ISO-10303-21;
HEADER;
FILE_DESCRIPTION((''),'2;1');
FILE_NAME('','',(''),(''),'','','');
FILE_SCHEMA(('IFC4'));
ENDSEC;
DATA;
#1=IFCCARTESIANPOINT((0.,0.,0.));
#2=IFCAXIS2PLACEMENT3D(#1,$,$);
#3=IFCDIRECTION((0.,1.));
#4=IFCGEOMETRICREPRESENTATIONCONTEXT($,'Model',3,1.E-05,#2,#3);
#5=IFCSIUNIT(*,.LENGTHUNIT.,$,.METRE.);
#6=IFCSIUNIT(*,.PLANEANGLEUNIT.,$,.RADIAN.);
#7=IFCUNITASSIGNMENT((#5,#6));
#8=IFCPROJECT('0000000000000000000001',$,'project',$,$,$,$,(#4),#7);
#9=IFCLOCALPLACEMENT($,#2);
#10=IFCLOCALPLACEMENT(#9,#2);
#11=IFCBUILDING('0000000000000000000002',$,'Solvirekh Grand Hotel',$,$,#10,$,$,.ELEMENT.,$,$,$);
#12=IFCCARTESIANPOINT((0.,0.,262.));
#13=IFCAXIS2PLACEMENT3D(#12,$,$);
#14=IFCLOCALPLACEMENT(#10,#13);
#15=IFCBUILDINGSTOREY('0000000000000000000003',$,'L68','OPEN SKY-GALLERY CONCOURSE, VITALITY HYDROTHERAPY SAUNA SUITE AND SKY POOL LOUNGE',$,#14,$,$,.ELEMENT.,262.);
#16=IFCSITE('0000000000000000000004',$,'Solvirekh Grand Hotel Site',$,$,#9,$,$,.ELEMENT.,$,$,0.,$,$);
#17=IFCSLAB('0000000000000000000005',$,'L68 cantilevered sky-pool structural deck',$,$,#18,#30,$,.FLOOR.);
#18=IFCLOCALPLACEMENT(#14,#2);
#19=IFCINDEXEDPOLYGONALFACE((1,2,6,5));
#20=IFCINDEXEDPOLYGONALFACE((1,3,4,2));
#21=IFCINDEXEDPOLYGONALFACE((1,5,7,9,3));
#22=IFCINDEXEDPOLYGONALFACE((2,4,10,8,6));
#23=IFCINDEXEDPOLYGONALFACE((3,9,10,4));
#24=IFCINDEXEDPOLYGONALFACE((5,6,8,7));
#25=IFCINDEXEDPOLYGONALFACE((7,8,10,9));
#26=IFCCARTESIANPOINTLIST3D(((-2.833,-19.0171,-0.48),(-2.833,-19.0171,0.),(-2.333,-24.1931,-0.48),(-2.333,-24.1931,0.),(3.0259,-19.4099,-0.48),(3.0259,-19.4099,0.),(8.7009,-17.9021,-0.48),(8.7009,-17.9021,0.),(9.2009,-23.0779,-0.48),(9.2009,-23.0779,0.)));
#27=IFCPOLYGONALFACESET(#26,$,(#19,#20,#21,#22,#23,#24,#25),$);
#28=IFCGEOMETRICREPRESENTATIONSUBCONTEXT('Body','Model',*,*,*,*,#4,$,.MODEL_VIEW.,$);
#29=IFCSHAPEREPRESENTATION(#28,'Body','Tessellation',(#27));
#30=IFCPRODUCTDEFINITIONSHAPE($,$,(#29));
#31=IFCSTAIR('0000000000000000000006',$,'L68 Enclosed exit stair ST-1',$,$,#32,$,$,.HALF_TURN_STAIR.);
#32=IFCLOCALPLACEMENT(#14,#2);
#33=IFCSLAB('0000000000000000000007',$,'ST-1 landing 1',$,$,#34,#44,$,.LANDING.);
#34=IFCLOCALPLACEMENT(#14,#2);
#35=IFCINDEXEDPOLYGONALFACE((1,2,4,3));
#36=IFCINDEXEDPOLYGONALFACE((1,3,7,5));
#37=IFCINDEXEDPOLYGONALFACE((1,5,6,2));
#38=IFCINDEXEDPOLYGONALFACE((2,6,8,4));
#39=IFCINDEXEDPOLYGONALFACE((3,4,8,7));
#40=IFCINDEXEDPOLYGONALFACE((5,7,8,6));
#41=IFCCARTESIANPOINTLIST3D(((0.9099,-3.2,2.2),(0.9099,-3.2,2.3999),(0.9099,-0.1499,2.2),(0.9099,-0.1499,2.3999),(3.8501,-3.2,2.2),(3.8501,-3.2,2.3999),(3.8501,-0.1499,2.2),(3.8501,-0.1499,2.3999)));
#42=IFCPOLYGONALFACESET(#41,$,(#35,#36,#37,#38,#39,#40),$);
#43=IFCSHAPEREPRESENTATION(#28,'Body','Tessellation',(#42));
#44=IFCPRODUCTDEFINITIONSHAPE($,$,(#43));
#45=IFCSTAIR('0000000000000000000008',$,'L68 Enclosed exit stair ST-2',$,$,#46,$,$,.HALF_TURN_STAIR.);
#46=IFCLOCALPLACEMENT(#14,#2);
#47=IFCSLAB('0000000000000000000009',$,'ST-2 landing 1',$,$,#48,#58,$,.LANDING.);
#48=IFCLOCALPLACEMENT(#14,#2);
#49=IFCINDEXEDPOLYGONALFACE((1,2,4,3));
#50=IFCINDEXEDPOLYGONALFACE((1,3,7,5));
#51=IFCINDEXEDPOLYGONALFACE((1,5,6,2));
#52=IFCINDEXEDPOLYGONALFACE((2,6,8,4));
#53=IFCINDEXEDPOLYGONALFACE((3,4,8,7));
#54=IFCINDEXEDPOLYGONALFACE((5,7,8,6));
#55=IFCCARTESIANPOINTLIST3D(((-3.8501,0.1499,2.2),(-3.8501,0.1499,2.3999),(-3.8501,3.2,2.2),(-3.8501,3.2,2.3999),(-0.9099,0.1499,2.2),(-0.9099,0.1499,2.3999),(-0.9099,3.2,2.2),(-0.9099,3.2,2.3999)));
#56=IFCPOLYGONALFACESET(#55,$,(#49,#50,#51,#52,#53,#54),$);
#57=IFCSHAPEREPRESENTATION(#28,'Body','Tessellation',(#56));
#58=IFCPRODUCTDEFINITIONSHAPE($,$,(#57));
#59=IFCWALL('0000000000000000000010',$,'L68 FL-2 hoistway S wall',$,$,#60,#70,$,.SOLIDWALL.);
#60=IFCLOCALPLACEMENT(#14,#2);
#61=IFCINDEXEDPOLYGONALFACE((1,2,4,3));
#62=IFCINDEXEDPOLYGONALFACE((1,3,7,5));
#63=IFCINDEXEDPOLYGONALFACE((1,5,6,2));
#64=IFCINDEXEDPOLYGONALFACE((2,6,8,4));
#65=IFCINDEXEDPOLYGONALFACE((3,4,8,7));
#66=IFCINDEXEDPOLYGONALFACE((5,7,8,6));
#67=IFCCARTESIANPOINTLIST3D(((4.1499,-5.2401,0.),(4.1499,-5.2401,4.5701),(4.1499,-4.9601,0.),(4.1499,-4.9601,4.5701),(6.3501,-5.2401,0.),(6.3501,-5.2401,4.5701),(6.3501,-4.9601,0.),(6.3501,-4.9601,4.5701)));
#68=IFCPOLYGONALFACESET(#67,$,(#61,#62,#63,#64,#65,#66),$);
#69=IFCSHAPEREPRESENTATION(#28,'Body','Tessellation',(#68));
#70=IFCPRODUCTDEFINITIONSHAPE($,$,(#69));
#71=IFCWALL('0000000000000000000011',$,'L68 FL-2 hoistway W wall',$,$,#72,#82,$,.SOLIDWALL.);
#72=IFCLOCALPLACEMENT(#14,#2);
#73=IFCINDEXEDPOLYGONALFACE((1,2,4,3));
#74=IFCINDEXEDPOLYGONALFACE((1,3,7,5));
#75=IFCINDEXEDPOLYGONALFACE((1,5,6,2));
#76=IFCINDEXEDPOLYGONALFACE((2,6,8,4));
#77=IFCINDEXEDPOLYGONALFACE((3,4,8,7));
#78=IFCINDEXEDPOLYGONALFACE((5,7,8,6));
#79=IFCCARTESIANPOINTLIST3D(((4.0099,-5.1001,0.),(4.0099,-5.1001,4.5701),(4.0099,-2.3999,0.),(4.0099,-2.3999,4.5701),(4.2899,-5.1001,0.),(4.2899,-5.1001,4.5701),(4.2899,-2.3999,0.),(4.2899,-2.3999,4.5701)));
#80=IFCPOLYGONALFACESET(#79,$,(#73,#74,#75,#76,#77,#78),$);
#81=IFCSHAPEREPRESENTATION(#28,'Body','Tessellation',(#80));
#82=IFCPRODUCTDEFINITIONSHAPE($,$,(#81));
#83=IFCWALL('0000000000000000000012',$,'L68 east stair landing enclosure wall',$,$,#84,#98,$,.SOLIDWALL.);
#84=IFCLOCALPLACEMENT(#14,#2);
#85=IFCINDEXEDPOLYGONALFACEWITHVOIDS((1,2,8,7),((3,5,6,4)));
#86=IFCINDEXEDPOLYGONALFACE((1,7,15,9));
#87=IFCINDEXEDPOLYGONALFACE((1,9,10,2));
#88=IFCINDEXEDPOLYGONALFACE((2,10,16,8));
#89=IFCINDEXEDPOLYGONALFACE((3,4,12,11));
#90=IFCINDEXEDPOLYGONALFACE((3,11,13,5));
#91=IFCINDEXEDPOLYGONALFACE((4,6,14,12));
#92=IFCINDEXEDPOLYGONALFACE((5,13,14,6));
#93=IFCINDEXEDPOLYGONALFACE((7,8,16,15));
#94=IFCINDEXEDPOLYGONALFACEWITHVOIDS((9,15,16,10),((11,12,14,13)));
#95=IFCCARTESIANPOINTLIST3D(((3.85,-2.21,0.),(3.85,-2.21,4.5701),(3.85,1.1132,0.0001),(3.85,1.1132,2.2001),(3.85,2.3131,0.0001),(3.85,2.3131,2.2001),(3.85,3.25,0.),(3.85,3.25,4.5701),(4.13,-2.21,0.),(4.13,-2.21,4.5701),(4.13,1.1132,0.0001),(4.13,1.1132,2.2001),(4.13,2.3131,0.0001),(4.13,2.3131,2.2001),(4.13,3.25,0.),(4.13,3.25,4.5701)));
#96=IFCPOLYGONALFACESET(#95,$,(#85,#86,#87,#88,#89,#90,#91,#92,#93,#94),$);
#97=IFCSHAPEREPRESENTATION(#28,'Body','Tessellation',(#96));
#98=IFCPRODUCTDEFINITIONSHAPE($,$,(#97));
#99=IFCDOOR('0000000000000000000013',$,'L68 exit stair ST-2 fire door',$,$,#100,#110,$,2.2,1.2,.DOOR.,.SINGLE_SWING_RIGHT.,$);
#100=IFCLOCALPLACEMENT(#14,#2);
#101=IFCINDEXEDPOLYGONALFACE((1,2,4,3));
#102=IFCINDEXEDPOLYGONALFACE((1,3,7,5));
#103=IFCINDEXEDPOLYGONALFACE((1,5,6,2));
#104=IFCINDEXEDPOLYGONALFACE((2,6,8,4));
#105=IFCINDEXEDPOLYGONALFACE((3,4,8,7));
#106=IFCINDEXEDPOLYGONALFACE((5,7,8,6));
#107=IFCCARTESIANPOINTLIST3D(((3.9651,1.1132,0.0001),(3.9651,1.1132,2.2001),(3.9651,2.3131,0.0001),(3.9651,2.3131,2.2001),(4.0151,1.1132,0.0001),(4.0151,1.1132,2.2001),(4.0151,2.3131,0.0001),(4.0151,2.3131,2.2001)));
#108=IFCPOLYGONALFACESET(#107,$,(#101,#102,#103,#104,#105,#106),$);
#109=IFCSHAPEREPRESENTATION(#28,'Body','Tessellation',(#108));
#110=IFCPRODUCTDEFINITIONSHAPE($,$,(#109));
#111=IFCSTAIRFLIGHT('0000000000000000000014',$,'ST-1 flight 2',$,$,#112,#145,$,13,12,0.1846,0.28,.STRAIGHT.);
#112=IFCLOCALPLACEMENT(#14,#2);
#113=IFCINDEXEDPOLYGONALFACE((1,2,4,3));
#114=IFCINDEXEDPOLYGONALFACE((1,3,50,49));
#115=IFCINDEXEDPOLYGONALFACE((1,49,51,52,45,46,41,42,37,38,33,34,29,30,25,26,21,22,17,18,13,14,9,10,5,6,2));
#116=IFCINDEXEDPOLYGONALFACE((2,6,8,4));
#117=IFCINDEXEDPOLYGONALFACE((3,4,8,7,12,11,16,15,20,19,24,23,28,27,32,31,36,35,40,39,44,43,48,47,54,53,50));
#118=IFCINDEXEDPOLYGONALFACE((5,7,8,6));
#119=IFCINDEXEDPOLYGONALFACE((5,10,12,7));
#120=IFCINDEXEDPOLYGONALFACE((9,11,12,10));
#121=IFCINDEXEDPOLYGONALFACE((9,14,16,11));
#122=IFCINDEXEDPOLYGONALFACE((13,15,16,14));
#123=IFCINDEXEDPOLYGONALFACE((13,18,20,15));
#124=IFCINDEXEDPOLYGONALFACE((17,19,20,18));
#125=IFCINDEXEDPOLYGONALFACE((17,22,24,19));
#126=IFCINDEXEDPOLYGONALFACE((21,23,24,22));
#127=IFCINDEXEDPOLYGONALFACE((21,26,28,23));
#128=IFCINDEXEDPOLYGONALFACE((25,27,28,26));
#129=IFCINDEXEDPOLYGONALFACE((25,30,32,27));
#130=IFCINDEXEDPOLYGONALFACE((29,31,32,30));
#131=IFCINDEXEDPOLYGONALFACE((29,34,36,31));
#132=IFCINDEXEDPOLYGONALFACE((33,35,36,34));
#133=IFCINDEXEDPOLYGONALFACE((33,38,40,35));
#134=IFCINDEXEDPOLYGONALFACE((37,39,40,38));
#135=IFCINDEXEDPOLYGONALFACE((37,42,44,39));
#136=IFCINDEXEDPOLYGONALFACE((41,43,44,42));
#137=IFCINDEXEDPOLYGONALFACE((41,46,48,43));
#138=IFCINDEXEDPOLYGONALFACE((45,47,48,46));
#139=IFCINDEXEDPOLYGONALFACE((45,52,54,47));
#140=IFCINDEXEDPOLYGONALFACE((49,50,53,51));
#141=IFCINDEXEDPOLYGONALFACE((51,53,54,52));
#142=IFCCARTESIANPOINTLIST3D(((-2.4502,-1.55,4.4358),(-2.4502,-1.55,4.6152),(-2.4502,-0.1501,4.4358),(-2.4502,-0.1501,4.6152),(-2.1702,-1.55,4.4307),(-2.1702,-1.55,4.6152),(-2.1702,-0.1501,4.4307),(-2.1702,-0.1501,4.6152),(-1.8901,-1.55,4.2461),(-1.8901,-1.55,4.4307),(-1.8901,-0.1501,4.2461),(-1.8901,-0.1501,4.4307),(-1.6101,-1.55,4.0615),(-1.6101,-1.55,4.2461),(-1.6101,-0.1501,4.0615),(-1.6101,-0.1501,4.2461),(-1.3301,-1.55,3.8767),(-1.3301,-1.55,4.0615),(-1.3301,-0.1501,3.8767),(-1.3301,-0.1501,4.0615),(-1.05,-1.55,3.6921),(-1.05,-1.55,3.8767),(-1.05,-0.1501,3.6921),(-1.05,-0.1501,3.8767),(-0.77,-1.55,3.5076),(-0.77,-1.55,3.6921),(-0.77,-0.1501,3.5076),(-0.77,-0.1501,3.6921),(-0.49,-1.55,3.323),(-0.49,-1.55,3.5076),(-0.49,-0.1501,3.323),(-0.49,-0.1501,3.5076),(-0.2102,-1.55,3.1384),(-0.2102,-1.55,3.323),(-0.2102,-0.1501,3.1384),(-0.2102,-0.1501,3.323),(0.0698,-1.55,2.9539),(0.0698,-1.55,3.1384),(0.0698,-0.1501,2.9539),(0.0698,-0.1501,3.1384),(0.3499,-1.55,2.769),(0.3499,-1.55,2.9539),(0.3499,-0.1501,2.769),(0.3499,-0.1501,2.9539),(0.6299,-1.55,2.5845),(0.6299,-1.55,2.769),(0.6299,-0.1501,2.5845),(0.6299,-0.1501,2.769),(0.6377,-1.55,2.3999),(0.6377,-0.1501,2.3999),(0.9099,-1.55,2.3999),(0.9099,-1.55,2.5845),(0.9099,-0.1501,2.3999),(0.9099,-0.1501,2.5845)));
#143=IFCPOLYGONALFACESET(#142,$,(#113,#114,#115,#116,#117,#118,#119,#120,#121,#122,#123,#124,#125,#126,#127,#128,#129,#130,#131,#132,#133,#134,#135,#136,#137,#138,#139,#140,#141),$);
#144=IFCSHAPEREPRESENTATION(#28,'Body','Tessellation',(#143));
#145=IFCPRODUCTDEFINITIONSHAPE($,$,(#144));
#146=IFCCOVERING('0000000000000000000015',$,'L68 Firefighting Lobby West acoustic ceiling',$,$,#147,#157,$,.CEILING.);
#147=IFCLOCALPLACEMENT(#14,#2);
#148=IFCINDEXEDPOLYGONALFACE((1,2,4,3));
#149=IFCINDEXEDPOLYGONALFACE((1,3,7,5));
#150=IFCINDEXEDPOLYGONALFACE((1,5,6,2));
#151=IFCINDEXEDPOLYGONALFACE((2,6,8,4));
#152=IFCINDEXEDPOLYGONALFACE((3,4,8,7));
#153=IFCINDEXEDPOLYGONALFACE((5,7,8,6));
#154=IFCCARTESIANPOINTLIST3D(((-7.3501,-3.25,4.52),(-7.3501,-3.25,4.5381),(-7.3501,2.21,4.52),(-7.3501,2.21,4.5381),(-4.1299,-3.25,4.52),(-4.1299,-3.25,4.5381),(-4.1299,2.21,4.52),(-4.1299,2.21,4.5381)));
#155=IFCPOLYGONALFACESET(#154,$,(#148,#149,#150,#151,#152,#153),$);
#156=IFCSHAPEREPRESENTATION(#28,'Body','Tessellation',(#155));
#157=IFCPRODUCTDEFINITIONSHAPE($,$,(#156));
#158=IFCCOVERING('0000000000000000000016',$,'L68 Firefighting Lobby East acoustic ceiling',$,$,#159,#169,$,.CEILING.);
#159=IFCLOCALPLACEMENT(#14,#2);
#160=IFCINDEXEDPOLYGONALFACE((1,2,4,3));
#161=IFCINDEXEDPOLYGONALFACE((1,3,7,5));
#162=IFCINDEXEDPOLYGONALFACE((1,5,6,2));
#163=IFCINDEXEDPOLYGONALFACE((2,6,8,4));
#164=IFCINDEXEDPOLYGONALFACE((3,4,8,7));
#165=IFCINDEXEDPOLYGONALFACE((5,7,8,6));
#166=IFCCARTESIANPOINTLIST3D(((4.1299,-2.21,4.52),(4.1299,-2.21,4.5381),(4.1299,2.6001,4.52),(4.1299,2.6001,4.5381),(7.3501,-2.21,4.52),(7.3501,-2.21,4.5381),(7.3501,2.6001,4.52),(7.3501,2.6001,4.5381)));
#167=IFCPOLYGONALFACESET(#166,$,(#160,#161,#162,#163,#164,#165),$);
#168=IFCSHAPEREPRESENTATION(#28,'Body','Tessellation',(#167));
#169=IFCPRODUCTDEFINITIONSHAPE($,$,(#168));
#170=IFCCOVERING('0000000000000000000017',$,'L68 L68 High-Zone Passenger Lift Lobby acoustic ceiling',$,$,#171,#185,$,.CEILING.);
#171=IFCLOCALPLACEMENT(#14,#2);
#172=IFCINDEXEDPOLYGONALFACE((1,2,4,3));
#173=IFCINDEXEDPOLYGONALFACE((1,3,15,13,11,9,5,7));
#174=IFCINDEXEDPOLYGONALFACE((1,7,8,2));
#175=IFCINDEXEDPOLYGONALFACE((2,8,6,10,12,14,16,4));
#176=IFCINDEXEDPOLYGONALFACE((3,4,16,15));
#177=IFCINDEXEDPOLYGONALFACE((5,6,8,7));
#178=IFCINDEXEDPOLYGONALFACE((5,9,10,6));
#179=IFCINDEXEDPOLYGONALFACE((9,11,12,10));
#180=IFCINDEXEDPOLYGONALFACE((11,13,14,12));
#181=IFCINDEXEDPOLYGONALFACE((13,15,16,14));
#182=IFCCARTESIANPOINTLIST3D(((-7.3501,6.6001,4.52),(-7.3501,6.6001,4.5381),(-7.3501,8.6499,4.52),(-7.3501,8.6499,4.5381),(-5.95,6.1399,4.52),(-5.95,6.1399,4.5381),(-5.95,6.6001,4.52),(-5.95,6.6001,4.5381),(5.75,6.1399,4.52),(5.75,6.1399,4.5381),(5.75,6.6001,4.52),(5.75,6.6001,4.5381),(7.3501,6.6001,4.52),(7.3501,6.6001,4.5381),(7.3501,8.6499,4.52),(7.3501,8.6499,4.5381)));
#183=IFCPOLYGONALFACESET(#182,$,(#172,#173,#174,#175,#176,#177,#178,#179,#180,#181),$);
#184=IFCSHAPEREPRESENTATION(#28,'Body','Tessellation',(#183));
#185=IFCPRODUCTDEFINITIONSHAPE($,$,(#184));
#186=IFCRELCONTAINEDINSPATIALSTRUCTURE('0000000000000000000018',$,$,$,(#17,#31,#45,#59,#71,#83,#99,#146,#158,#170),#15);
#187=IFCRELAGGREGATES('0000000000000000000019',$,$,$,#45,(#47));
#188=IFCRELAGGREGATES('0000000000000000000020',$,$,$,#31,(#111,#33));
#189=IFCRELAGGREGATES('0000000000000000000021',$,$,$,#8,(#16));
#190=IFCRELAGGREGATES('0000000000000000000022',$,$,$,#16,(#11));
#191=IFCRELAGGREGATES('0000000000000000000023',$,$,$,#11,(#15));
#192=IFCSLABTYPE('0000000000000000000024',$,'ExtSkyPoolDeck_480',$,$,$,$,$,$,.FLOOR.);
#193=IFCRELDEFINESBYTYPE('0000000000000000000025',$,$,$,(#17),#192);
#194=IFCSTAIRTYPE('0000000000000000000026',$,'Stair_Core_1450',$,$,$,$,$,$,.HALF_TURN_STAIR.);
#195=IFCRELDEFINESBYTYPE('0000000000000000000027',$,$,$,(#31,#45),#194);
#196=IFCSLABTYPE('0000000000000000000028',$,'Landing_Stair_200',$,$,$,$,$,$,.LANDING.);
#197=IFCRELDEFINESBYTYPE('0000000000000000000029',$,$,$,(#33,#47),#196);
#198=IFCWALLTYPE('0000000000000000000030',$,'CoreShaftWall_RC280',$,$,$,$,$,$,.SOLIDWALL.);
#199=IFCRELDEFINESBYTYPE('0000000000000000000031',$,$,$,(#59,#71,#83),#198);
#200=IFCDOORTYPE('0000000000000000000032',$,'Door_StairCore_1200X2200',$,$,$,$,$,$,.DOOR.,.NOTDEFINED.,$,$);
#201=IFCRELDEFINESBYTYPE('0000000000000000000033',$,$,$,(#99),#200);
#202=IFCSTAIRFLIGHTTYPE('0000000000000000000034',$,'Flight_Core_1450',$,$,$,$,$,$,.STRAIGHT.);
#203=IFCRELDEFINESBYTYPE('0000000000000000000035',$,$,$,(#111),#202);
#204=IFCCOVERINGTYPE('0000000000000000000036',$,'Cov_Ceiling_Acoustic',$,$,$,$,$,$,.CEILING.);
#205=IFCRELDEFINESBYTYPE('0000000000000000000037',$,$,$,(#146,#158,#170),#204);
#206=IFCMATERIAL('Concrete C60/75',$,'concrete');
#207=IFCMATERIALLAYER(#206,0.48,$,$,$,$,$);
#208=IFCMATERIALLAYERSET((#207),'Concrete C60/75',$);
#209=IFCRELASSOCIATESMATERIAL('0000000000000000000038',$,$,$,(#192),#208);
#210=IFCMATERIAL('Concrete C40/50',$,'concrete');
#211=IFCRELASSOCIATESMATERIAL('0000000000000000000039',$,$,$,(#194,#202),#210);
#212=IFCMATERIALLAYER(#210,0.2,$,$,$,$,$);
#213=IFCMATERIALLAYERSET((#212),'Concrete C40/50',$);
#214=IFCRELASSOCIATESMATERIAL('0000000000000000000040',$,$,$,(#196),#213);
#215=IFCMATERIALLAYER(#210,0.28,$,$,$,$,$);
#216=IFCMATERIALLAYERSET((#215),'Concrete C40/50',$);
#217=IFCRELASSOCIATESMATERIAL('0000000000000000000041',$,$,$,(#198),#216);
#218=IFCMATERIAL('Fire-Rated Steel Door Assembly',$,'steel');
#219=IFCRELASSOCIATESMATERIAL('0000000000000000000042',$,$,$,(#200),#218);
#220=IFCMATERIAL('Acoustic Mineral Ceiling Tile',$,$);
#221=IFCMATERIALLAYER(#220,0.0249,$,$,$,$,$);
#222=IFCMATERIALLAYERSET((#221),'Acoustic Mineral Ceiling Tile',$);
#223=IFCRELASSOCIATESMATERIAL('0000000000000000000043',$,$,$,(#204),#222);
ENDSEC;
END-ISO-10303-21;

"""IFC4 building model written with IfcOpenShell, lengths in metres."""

from ifc_helpers import new_model, si_unit, direction, frame, frame_2d, origin, place, context, subcontext, project, spatial, polyline, rectangle, outline, extrude, material, layer, layer_set, type_object, element, fill, aggregate, save


model = new_model("IFC4")

# Units and contexts
model_context = context("Model", 3, precision=1e-05, world=origin(), true_north=direction((0.0, 1.0)))
body_context = subcontext(model_context, "Body", "Model", "MODEL_VIEW")
ifc_project = project(units=[si_unit("LENGTHUNIT", "METRE"), si_unit("PLANEANGLEUNIT", "RADIAN")], contexts=[model_context])

# Site, building, storey
site_placement = place(None, origin())
site = spatial("IfcSite", under=ifc_project, at=site_placement, Name="Solvirekh Grand Hotel Site", CompositionType="ELEMENT", RefElevation=0.0)
building_placement = place(site_placement, origin())
building = spatial("IfcBuilding", under=site, at=building_placement, Name="Solvirekh Grand Hotel", CompositionType="ELEMENT")
storey_placement = place(building_placement, frame((0.0, 0.0, 262.0)))
storey = spatial("IfcBuildingStorey", under=building, at=storey_placement, Name="L68", Description="OPEN SKY-GALLERY CONCOURSE, VITALITY HYDROTHERAPY SAUNA SUITE AND SKY POOL LOUNGE", CompositionType="ELEMENT", Elevation=262.0)

# Slab
ifc_material_1 = material(Name="Concrete C60/75", Category="concrete")
ifc_layer_1 = layer(ifc_material_1, 0.48)
ifc_layer_set_1 = layer_set([ifc_layer_1], Name="Concrete C60/75")
slab_type_1 = type_object("IfcSlabType", Name="ExtSkyPoolDeck_480", PredefinedType="FLOOR", material=ifc_layer_set_1)
slab_1_placement = place(storey_placement, frame((0.0, 0.0, -0.48)))
element("IfcSlab", 1, at=slab_1_placement, inside=storey, type_object=slab_type_1, Name="L68 cantilevered sky-pool structural deck", PredefinedType="FLOOR", context=body_context, shape_type="SweptSolid", body=[
    extrude(outline(polyline([(-2.833, -19.0171), (-2.333, -24.1931), (9.2009, -23.0779), (8.7009, -17.9021), (3.0259, -19.4099), (-2.833, -19.0171)])), origin(), (0.0, 0.0, 1.0), 0.48),
])

# Stairs, slabs
ifc_material_2 = material(Name="Concrete C40/50", Category="concrete")
stair_type = type_object("IfcStairType", Name="Stair_Core_1450", PredefinedType="HALF_TURN_STAIR", material=ifc_material_2)
stair_1_placement = place(storey_placement, origin())
stair_1 = element("IfcStair", 2, at=stair_1_placement, inside=storey, type_object=stair_type, Name="L68 Enclosed exit stair ST-1", PredefinedType="HALF_TURN_STAIR")
ifc_layer_2 = layer(ifc_material_2, 0.2)
ifc_layer_set_2 = layer_set([ifc_layer_2], Name="Concrete C40/50")
slab_type_2 = type_object("IfcSlabType", Name="Landing_Stair_200", PredefinedType="LANDING", material=ifc_layer_set_2)
slab_2_placement = place(storey_placement, frame((0.0, 0.0, 2.2)))
slab_2 = element("IfcSlab", 3, at=slab_2_placement, type_object=slab_type_2, Name="ST-1 landing 1", PredefinedType="LANDING", context=body_context, shape_type="SweptSolid", body=[
    extrude(outline(polyline([(0.9099, -3.2), (3.8501, -3.2), (3.8501, -0.1499), (0.9099, -0.1499), (0.9099, -3.2)])), origin(), (0.0, 0.0, 1.0), 0.2),
])
stair_2_placement = place(storey_placement, origin())
stair_2 = element("IfcStair", 4, at=stair_2_placement, inside=storey, type_object=stair_type, Name="L68 Enclosed exit stair ST-2", PredefinedType="HALF_TURN_STAIR")
slab_3_placement = place(storey_placement, frame((0.0, 0.0, 2.2)))
slab_3 = element("IfcSlab", 5, at=slab_3_placement, type_object=slab_type_2, Name="ST-2 landing 1", PredefinedType="LANDING", context=body_context, shape_type="SweptSolid", body=[
    extrude(outline(polyline([(-0.9099, 3.2), (-3.8501, 3.2), (-3.8501, 0.1499), (-0.9099, 0.1499), (-0.9099, 3.2)])), origin(), (0.0, 0.0, 1.0), 0.2),
])
aggregate(stair_2, [slab_3])

# Walls
ifc_layer_3 = layer(ifc_material_2, 0.28)
ifc_layer_set_3 = layer_set([ifc_layer_3], Name="Concrete C40/50")
wall_type = type_object("IfcWallType", Name="CoreShaftWall_RC280", PredefinedType="SOLIDWALL", material=ifc_layer_set_3)
wall_1_placement = place(storey_placement, frame((4.1499, -5.1001, 0.0), z_axis=(0.0, 0.0, 1.0), x_axis=(1.0, 0.0, 0.0)))
element("IfcWall", 6, at=wall_1_placement, inside=storey, type_object=wall_type, Name="L68 FL-2 hoistway S wall", PredefinedType="SOLIDWALL", context=body_context, shape_type="SweptSolid", body=[
    extrude(rectangle(XDim=2.2002, YDim=0.28, at=frame_2d((1.1001, 0.0))), origin(), (0.0, 0.0, 1.0), 4.5701),
])
wall_2_placement = place(storey_placement, frame((4.1499, -2.3999, 0.0), z_axis=(0.0, 0.0, 1.0), x_axis=(0.0, -1.0, 0.0)))
element("IfcWall", 7, at=wall_2_placement, inside=storey, type_object=wall_type, Name="L68 FL-2 hoistway W wall", PredefinedType="SOLIDWALL", context=body_context, shape_type="SweptSolid", body=[
    extrude(rectangle(XDim=2.7002, YDim=0.28, at=frame_2d((1.3501, 0.0))), origin(), (0.0, 0.0, 1.0), 4.5701),
])

# Wall, opening, door
wall_3_placement = place(storey_placement, frame((3.99, -2.21, 0.0), z_axis=(0.0, 0.0, 1.0), x_axis=(0.0, 1.0, 0.0)))
wall_3 = element("IfcWall", 8, at=wall_3_placement, inside=storey, type_object=wall_type, Name="L68 east stair landing enclosure wall", PredefinedType="SOLIDWALL", context=body_context, shape_type="SweptSolid", body=[
    extrude(rectangle(XDim=5.46, YDim=0.28, at=frame_2d((2.73, 0.0))), origin(), (0.0, 0.0, 1.0), 4.5701),
])
opening_placement = place(wall_3_placement, frame((3.323, 0.0, 0.0)))
opening = element("IfcOpeningElement", 9, at=opening_placement, cuts=wall_3, PredefinedType="OPENING", context=body_context, shape_type="SweptSolid", body=[
    extrude(rectangle(XDim=1.2, YDim=2.2, at=frame_2d((0.6001, 1.1001))), frame((0.0, 0.1499, 0.0), z_axis=(0.0, -1.0, 0.0), x_axis=(1.0, 0.0, 0.0)), (0.0, 0.0, 1.0), 0.3),
])
ifc_material_3 = material(Name="Fire-Rated Steel Door Assembly", Category="steel")
door_type = type_object("IfcDoorType", Name="Door_StairCore_1200X2200", OperationType="NOTDEFINED", PredefinedType="DOOR", material=ifc_material_3)
door_placement = place(opening_placement, origin())
door = element("IfcDoor", 10, at=door_placement, inside=storey, type_object=door_type, Name="L68 exit stair ST-2 fire door", OperationType="SINGLE_SWING_RIGHT", OverallHeight=2.2, OverallWidth=1.2, PredefinedType="DOOR", context=body_context, shape_type="SweptSolid", body=[
    extrude(rectangle(XDim=1.2, YDim=2.2, at=frame_2d((0.6001, 1.1001))), frame((0.0, 0.0249, 0.0), z_axis=(0.0, -1.0, 0.0), x_axis=(1.0, 0.0, 0.0)), (0.0, 0.0, 1.0), 0.05),
])
fill(opening, door)

# Stair flight
stair_flight_type = type_object("IfcStairFlightType", Name="Flight_Core_1450", PredefinedType="STRAIGHT", material=ifc_material_2)
stair_flight_placement = place(storey_placement, frame((0.9099, -0.8501, 2.3999), z_axis=(0.0, 0.0, 1.0), x_axis=(-1.0, 0.0, 0.0)))
stair_flight = element("IfcStairFlight", 11, at=stair_flight_placement, type_object=stair_flight_type, Name="ST-1 flight 2", NumberOfRisers=13, NumberOfTreads=12, PredefinedType="STRAIGHT", RiserHeight=0.1846, TreadLength=0.28, context=body_context, shape_type="SweptSolid", body=[
    extrude(outline(polyline([(0.0, 0.0), (0.0, 0.1846), (0.28, 0.1846), (0.28, 0.3691), (0.5601, 0.3691), (0.5601, 0.554), (0.8401, 0.554), (0.8401, 0.7385), (1.1201, 0.7385), (1.1201, 0.9231), (1.3999, 0.9231), (1.3999, 1.1077), (1.6799, 1.1077), (1.6799, 1.2922), (1.96, 1.2922), (1.96, 1.4768), (2.24, 1.4768), (2.24, 1.6616), (2.52, 1.6616), (2.52, 1.8462), (2.8, 1.8462), (2.8, 2.0308), (3.0801, 2.0308), (3.0801, 2.2153), (3.3601, 2.2153), (3.3601, 2.3999), (3.3601, 2.0359), (0.2722, 0.0), (0.0, 0.0)])), frame((0.0, 0.7, 0.0), z_axis=(0.0, -1.0, 0.0), x_axis=(1.0, 0.0, 0.0)), (0.0, 0.0, 1.0), 1.3999),
])
aggregate(stair_1, [stair_flight, slab_2])

# Coverings
ifc_material_4 = material(Name="Acoustic Mineral Ceiling Tile")
ifc_layer_4 = layer(ifc_material_4, 0.0249)
ifc_layer_set_4 = layer_set([ifc_layer_4], Name="Acoustic Mineral Ceiling Tile")
covering_type_1 = type_object("IfcCoveringType", Name="Cov_Ceiling_Acoustic", PredefinedType="CEILING", material=ifc_layer_set_4)
covering_1_placement = place(storey_placement, frame((0.0, 0.0, 4.52)))
element("IfcCovering", 12, at=covering_1_placement, inside=storey, type_object=covering_type_1, Name="L68 Firefighting Lobby West acoustic ceiling", PredefinedType="CEILING", context=body_context, shape_type="SweptSolid", body=[
    extrude(outline(polyline([(-7.3501, -3.25), (-4.1299, -3.25), (-4.1299, 2.21), (-7.3501, 2.21), (-7.3501, -3.25)])), origin(), (0.0, 0.0, 1.0), 0.0181),
])
covering_2_placement = place(storey_placement, frame((0.0, 0.0, 4.52)))
element("IfcCovering", 13, at=covering_2_placement, inside=storey, type_object=covering_type_1, Name="L68 Firefighting Lobby East acoustic ceiling", PredefinedType="CEILING", context=body_context, shape_type="SweptSolid", body=[
    extrude(outline(polyline([(4.1299, -2.21), (7.3501, -2.21), (7.3501, 2.6001), (4.1299, 2.6001), (4.1299, -2.21)])), origin(), (0.0, 0.0, 1.0), 0.0181),
])
covering_3_placement = place(storey_placement, frame((0.0, 0.0, 4.52)))
element("IfcCovering", 14, at=covering_3_placement, inside=storey, type_object=covering_type_1, Name="L68 L68 High-Zone Passenger Lift Lobby acoustic ceiling", PredefinedType="CEILING", context=body_context, shape_type="SweptSolid", body=[
    extrude(outline(polyline([(-7.3501, 6.6001), (-5.95, 6.6001), (-5.95, 6.1399), (5.75, 6.1399), (5.75, 6.6001), (7.3501, 6.6001), (7.3501, 8.6499), (-7.3501, 8.6499), (-7.3501, 6.6001)])), origin(), (0.0, 0.0, 1.0), 0.0181),
])

save(model, "model.ifc")
